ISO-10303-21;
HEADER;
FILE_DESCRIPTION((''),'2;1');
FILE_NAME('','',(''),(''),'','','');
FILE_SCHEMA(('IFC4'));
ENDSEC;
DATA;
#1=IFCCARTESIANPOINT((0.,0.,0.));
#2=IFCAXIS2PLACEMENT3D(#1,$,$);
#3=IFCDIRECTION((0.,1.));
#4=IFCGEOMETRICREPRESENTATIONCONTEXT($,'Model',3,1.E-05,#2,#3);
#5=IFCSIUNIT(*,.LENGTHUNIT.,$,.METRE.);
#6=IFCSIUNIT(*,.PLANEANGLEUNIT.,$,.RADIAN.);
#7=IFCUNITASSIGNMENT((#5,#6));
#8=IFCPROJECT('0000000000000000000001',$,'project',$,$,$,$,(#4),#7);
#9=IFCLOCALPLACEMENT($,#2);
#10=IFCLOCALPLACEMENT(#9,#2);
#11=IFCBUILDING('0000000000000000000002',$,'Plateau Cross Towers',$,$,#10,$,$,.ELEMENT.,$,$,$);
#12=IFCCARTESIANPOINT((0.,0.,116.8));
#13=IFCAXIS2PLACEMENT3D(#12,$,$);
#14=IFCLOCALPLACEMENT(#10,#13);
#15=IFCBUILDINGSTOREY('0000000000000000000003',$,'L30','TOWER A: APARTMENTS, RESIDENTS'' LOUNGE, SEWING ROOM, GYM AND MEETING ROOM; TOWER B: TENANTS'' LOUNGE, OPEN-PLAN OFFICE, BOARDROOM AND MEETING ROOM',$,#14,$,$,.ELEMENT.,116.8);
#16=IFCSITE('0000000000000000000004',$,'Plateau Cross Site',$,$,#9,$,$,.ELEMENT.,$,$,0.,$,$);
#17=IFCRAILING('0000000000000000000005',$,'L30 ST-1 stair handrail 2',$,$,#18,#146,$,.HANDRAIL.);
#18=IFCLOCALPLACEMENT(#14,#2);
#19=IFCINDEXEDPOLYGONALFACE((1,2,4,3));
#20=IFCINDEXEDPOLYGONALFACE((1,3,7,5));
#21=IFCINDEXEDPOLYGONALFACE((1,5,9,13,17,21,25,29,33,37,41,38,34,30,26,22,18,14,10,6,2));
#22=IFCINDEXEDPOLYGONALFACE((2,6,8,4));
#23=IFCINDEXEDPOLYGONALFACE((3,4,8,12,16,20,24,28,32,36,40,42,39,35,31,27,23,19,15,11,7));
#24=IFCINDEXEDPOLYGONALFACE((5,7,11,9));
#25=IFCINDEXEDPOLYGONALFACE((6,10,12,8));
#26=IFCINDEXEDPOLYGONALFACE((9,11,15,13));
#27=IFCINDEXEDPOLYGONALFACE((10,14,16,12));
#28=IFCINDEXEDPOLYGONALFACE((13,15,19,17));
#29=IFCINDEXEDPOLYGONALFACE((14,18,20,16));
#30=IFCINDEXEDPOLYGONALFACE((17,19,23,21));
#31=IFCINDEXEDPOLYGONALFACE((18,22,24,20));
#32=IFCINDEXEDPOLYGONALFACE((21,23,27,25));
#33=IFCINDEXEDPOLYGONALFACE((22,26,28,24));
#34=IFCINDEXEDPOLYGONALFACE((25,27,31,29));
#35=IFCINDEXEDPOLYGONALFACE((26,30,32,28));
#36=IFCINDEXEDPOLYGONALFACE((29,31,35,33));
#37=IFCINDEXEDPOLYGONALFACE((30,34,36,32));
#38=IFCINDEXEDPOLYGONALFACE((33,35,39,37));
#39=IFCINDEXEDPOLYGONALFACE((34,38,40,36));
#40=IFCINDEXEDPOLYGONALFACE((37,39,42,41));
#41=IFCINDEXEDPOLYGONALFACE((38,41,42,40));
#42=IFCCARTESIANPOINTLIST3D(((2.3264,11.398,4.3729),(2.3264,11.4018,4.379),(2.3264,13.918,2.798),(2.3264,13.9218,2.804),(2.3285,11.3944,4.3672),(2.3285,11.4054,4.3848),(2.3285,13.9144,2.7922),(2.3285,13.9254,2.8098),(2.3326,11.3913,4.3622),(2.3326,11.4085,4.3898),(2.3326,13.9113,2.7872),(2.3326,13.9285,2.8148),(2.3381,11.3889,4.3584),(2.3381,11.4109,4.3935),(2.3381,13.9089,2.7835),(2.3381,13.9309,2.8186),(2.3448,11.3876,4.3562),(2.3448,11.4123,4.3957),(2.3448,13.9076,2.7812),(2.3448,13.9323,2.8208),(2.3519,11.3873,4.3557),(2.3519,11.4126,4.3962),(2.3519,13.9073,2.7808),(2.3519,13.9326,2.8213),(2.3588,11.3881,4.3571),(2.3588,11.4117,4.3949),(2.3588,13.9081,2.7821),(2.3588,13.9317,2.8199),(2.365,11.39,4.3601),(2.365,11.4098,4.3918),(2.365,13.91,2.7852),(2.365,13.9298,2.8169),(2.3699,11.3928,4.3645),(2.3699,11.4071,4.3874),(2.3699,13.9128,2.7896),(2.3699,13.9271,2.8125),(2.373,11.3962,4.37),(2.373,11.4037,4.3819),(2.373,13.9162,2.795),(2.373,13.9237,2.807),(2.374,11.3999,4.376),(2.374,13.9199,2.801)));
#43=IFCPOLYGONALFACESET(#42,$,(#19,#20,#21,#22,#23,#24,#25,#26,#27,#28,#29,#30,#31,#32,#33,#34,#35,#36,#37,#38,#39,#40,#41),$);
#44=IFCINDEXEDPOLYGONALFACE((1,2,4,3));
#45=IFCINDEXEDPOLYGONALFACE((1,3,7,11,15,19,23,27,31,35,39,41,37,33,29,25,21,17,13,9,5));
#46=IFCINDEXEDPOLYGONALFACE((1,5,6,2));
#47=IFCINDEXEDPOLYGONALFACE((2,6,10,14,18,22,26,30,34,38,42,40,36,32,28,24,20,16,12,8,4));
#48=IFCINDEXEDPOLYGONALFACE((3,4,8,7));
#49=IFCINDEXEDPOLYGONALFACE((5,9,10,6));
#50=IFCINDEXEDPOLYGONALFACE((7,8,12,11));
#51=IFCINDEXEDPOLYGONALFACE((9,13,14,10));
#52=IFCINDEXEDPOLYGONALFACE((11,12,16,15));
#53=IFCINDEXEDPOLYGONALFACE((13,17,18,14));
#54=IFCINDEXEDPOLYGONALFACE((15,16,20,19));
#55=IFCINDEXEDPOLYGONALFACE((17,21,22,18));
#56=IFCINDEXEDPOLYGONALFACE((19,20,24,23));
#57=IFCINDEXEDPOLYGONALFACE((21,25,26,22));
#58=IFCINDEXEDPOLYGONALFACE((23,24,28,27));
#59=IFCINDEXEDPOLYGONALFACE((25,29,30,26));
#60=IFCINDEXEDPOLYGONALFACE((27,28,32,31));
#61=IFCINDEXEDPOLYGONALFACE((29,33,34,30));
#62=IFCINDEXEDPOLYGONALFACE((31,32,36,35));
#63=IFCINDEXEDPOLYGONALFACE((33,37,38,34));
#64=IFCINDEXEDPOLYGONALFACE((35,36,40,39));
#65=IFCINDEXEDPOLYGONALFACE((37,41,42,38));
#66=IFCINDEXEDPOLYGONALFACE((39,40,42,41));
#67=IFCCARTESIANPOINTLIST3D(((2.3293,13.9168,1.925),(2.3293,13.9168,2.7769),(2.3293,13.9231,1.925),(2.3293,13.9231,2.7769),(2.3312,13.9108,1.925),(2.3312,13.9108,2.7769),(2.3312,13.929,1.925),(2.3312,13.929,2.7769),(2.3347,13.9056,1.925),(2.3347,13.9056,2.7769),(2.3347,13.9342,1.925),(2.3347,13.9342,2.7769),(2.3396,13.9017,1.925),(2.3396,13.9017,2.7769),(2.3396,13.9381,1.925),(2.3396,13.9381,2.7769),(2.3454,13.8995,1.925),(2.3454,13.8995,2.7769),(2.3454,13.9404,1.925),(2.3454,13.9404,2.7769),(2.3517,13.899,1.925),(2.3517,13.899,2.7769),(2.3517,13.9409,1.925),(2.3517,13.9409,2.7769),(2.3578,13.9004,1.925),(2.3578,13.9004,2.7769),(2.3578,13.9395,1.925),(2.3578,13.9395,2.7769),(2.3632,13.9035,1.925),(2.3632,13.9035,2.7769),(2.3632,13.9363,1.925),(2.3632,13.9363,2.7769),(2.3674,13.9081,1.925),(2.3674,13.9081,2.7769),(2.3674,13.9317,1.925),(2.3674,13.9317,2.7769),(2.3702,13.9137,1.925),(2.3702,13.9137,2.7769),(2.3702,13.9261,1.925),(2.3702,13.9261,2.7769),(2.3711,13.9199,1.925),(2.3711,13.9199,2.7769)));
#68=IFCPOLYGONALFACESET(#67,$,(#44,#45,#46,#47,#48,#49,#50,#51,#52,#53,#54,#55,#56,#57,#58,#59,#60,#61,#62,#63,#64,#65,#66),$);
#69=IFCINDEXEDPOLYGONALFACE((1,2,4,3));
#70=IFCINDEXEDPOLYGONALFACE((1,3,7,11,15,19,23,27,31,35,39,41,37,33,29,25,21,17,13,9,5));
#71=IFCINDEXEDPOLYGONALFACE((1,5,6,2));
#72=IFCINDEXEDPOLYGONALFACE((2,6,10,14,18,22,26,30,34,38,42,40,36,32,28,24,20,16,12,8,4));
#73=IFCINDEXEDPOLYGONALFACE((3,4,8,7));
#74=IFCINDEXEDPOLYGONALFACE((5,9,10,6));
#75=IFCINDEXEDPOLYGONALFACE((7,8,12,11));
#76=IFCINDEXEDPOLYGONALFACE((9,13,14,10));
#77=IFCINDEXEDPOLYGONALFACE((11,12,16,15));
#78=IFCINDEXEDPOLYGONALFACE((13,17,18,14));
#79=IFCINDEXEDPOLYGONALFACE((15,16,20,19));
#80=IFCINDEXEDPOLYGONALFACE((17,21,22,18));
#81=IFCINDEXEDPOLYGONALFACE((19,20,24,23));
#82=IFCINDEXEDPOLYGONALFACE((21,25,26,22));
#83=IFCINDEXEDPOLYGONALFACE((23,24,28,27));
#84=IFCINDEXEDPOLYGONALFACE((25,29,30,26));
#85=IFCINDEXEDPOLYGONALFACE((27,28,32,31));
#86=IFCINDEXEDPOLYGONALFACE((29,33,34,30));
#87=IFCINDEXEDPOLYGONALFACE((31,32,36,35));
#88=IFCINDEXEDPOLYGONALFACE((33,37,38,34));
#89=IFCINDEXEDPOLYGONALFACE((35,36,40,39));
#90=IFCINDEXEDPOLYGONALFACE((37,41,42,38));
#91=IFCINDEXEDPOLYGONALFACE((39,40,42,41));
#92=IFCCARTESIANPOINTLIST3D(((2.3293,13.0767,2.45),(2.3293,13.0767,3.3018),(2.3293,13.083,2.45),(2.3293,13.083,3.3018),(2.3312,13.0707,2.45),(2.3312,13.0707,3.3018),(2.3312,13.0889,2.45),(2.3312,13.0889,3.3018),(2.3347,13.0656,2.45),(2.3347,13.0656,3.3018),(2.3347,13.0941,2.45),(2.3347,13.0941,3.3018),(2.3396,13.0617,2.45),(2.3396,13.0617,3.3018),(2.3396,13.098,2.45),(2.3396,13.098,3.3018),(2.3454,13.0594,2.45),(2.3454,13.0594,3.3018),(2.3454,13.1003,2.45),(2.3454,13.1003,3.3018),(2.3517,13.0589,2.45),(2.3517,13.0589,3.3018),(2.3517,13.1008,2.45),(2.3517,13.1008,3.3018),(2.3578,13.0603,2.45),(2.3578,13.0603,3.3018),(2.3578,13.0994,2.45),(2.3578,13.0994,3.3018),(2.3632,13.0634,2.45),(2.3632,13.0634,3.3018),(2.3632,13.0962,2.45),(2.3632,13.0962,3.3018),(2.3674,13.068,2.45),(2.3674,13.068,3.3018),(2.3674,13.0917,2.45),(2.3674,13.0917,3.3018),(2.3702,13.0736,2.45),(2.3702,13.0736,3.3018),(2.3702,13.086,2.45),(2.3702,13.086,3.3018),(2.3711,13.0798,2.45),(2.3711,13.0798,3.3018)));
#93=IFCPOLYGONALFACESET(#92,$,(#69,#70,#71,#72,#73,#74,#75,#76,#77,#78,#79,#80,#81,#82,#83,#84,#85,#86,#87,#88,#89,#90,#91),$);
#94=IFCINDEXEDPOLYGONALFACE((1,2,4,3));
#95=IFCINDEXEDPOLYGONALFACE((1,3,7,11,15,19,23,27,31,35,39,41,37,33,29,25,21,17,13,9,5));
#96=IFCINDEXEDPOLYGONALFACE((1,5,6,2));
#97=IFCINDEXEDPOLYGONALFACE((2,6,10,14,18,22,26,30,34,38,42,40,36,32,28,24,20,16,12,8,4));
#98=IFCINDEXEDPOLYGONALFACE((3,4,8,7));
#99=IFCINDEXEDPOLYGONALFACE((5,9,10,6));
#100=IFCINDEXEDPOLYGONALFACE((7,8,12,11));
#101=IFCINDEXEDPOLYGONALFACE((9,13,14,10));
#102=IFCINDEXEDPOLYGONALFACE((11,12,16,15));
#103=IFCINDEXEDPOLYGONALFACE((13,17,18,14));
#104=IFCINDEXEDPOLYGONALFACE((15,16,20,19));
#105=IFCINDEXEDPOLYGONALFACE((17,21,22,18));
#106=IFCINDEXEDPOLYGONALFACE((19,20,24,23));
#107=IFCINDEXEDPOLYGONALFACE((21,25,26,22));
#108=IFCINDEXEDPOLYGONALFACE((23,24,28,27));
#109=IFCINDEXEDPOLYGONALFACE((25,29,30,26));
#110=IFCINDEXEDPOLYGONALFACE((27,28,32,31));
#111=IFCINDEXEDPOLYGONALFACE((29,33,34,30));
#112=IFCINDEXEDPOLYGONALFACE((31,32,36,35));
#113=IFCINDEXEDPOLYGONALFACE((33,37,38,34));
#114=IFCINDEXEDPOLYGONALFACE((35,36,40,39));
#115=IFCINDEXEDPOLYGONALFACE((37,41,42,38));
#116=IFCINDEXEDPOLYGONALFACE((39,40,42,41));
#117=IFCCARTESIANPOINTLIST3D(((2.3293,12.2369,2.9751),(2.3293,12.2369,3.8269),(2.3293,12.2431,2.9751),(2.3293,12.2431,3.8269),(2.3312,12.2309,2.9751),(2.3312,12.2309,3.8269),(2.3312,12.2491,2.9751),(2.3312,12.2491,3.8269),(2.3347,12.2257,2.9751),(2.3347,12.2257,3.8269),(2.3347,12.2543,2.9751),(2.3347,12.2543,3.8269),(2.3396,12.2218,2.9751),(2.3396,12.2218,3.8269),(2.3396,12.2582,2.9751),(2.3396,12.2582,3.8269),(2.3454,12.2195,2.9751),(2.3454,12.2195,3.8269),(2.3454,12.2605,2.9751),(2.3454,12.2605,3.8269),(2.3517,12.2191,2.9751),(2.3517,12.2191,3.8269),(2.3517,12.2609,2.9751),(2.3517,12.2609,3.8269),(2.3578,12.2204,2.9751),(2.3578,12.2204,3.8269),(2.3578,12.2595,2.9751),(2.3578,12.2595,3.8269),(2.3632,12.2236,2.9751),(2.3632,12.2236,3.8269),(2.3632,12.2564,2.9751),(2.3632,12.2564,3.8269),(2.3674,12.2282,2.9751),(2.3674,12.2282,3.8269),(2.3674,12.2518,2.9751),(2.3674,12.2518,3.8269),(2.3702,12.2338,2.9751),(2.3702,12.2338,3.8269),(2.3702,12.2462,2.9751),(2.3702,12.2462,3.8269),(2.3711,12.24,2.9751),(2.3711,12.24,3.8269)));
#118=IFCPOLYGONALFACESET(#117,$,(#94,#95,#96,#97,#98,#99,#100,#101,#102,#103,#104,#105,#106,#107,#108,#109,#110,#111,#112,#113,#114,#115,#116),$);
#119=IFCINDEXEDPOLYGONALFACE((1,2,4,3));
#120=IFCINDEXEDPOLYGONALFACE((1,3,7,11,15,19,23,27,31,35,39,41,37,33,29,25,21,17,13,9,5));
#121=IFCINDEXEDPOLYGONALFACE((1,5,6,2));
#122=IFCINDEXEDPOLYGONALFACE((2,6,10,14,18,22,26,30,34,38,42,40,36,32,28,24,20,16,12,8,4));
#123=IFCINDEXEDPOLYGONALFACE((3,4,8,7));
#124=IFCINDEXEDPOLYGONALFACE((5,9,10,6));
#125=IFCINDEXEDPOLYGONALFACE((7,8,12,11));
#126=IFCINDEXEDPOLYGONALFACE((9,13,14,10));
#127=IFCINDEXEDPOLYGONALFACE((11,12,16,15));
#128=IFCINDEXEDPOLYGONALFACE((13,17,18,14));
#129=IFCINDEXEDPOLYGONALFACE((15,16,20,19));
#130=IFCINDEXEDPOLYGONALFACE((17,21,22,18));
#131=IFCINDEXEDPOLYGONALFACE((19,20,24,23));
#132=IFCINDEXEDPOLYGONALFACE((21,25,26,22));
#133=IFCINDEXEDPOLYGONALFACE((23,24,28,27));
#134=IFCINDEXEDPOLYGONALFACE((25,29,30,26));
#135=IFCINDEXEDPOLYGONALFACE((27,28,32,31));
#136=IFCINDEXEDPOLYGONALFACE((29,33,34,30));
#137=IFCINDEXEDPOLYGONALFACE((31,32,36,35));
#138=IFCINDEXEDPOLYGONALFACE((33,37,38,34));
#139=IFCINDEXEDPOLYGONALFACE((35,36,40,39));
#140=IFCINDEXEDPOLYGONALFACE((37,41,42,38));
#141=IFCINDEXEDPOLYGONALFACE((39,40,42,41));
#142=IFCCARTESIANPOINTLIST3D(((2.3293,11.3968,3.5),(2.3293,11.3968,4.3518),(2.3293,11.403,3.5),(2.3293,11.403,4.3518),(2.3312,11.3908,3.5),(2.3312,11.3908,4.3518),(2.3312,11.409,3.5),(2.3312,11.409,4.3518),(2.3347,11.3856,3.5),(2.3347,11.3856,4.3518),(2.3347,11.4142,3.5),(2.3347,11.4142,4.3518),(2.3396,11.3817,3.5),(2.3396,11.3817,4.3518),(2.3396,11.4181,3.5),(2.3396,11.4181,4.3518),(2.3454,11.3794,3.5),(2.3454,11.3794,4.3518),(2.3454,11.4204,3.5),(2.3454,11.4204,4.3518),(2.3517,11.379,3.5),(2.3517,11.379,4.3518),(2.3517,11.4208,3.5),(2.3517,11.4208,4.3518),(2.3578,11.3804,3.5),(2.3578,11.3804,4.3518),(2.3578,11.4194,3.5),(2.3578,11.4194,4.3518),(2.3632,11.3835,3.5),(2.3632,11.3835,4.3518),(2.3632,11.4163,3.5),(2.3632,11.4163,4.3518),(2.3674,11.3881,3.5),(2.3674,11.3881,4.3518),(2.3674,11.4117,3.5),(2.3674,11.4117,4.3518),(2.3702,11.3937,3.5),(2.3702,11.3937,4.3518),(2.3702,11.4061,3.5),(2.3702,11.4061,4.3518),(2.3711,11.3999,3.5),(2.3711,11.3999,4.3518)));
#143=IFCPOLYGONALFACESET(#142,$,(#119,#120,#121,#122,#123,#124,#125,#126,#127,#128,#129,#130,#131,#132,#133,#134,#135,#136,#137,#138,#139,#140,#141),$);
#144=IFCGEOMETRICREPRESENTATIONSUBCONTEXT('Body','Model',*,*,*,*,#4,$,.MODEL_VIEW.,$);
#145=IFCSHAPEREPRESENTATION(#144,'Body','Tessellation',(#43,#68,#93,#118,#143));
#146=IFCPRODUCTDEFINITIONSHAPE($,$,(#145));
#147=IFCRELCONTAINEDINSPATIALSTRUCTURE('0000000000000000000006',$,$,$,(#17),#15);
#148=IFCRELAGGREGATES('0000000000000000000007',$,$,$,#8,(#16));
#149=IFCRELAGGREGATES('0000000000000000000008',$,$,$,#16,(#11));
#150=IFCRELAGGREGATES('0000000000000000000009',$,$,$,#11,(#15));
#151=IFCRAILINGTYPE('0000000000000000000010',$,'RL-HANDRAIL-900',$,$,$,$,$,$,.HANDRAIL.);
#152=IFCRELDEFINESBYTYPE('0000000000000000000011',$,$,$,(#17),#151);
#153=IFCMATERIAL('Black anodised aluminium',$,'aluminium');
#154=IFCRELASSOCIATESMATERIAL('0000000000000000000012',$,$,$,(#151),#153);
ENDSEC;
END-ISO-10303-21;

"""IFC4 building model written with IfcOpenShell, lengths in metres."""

from ifc_helpers import new_model, si_unit, direction, frame, origin, origin_2d, place, context, subcontext, project, spatial, circle, extrude, material, type_object, element, save


model = new_model("IFC4")

# Units and contexts
model_context = context("Model", 3, precision=1e-05, world=origin(), true_north=direction((0.0, 1.0)))
body_context = subcontext(model_context, "Body", "Model", "MODEL_VIEW")
ifc_project = project(units=[si_unit("LENGTHUNIT", "METRE"), si_unit("PLANEANGLEUNIT", "RADIAN")], contexts=[model_context])

# Site, building, storey
site_placement = place(None, origin())
site = spatial("IfcSite", under=ifc_project, at=site_placement, Name="Plateau Cross Site", CompositionType="ELEMENT", RefElevation=0.0)
building_placement = place(site_placement, origin())
building = spatial("IfcBuilding", under=site, at=building_placement, Name="Plateau Cross Towers", CompositionType="ELEMENT")
storey_placement = place(building_placement, frame((0.0, 0.0, 116.8)))
storey = spatial("IfcBuildingStorey", under=building, at=storey_placement, Name="L30", Description="TOWER A: APARTMENTS, RESIDENTS' LOUNGE, SEWING ROOM, GYM AND MEETING ROOM; TOWER B: TENANTS' LOUNGE, OPEN-PLAN OFFICE, BOARDROOM AND MEETING ROOM", CompositionType="ELEMENT", Elevation=116.8)

# Shared definitions
ifc_material_1 = material(Name="Black anodised aluminium", Category="aluminium")

# Railing
railing_type_1 = type_object("IfcRailingType", Name="RL-HANDRAIL-900", PredefinedType="HANDRAIL", material=ifc_material_1)
railing_1_placement = place(storey_placement, frame((2.3501, 13.9199, 1.925)))
element("IfcRailing", 1, at=railing_1_placement, inside=storey, type_object=railing_type_1, Name="L30 ST-1 stair handrail 2", PredefinedType="HANDRAIL", context=body_context, shape_type="SweptSolid", body=[
    extrude(circle(Radius=0.0239, at=origin_2d()), frame((0.0, 0.0, 0.876), z_axis=(0.0, -0.848008, 0.529984), x_axis=(1.0, 0.0, 0.0)), (0.0, 0.0, 1.0), 2.9717),
    extrude(circle(Radius=0.021, at=origin_2d()), origin(), (0.0, 0.0, 1.0), 0.8518),
    extrude(circle(Radius=0.021, at=origin_2d()), frame((0.0, -0.8401, 0.5249)), (0.0, 0.0, 1.0), 0.8518),
    extrude(circle(Radius=0.021, at=origin_2d()), frame((0.0, -1.6799, 1.05)), (0.0, 0.0, 1.0), 0.8518),
    extrude(circle(Radius=0.021, at=origin_2d()), frame((0.0, -2.52, 1.575)), (0.0, 0.0, 1.0), 0.8518),
])

save(model, "model.ifc")
